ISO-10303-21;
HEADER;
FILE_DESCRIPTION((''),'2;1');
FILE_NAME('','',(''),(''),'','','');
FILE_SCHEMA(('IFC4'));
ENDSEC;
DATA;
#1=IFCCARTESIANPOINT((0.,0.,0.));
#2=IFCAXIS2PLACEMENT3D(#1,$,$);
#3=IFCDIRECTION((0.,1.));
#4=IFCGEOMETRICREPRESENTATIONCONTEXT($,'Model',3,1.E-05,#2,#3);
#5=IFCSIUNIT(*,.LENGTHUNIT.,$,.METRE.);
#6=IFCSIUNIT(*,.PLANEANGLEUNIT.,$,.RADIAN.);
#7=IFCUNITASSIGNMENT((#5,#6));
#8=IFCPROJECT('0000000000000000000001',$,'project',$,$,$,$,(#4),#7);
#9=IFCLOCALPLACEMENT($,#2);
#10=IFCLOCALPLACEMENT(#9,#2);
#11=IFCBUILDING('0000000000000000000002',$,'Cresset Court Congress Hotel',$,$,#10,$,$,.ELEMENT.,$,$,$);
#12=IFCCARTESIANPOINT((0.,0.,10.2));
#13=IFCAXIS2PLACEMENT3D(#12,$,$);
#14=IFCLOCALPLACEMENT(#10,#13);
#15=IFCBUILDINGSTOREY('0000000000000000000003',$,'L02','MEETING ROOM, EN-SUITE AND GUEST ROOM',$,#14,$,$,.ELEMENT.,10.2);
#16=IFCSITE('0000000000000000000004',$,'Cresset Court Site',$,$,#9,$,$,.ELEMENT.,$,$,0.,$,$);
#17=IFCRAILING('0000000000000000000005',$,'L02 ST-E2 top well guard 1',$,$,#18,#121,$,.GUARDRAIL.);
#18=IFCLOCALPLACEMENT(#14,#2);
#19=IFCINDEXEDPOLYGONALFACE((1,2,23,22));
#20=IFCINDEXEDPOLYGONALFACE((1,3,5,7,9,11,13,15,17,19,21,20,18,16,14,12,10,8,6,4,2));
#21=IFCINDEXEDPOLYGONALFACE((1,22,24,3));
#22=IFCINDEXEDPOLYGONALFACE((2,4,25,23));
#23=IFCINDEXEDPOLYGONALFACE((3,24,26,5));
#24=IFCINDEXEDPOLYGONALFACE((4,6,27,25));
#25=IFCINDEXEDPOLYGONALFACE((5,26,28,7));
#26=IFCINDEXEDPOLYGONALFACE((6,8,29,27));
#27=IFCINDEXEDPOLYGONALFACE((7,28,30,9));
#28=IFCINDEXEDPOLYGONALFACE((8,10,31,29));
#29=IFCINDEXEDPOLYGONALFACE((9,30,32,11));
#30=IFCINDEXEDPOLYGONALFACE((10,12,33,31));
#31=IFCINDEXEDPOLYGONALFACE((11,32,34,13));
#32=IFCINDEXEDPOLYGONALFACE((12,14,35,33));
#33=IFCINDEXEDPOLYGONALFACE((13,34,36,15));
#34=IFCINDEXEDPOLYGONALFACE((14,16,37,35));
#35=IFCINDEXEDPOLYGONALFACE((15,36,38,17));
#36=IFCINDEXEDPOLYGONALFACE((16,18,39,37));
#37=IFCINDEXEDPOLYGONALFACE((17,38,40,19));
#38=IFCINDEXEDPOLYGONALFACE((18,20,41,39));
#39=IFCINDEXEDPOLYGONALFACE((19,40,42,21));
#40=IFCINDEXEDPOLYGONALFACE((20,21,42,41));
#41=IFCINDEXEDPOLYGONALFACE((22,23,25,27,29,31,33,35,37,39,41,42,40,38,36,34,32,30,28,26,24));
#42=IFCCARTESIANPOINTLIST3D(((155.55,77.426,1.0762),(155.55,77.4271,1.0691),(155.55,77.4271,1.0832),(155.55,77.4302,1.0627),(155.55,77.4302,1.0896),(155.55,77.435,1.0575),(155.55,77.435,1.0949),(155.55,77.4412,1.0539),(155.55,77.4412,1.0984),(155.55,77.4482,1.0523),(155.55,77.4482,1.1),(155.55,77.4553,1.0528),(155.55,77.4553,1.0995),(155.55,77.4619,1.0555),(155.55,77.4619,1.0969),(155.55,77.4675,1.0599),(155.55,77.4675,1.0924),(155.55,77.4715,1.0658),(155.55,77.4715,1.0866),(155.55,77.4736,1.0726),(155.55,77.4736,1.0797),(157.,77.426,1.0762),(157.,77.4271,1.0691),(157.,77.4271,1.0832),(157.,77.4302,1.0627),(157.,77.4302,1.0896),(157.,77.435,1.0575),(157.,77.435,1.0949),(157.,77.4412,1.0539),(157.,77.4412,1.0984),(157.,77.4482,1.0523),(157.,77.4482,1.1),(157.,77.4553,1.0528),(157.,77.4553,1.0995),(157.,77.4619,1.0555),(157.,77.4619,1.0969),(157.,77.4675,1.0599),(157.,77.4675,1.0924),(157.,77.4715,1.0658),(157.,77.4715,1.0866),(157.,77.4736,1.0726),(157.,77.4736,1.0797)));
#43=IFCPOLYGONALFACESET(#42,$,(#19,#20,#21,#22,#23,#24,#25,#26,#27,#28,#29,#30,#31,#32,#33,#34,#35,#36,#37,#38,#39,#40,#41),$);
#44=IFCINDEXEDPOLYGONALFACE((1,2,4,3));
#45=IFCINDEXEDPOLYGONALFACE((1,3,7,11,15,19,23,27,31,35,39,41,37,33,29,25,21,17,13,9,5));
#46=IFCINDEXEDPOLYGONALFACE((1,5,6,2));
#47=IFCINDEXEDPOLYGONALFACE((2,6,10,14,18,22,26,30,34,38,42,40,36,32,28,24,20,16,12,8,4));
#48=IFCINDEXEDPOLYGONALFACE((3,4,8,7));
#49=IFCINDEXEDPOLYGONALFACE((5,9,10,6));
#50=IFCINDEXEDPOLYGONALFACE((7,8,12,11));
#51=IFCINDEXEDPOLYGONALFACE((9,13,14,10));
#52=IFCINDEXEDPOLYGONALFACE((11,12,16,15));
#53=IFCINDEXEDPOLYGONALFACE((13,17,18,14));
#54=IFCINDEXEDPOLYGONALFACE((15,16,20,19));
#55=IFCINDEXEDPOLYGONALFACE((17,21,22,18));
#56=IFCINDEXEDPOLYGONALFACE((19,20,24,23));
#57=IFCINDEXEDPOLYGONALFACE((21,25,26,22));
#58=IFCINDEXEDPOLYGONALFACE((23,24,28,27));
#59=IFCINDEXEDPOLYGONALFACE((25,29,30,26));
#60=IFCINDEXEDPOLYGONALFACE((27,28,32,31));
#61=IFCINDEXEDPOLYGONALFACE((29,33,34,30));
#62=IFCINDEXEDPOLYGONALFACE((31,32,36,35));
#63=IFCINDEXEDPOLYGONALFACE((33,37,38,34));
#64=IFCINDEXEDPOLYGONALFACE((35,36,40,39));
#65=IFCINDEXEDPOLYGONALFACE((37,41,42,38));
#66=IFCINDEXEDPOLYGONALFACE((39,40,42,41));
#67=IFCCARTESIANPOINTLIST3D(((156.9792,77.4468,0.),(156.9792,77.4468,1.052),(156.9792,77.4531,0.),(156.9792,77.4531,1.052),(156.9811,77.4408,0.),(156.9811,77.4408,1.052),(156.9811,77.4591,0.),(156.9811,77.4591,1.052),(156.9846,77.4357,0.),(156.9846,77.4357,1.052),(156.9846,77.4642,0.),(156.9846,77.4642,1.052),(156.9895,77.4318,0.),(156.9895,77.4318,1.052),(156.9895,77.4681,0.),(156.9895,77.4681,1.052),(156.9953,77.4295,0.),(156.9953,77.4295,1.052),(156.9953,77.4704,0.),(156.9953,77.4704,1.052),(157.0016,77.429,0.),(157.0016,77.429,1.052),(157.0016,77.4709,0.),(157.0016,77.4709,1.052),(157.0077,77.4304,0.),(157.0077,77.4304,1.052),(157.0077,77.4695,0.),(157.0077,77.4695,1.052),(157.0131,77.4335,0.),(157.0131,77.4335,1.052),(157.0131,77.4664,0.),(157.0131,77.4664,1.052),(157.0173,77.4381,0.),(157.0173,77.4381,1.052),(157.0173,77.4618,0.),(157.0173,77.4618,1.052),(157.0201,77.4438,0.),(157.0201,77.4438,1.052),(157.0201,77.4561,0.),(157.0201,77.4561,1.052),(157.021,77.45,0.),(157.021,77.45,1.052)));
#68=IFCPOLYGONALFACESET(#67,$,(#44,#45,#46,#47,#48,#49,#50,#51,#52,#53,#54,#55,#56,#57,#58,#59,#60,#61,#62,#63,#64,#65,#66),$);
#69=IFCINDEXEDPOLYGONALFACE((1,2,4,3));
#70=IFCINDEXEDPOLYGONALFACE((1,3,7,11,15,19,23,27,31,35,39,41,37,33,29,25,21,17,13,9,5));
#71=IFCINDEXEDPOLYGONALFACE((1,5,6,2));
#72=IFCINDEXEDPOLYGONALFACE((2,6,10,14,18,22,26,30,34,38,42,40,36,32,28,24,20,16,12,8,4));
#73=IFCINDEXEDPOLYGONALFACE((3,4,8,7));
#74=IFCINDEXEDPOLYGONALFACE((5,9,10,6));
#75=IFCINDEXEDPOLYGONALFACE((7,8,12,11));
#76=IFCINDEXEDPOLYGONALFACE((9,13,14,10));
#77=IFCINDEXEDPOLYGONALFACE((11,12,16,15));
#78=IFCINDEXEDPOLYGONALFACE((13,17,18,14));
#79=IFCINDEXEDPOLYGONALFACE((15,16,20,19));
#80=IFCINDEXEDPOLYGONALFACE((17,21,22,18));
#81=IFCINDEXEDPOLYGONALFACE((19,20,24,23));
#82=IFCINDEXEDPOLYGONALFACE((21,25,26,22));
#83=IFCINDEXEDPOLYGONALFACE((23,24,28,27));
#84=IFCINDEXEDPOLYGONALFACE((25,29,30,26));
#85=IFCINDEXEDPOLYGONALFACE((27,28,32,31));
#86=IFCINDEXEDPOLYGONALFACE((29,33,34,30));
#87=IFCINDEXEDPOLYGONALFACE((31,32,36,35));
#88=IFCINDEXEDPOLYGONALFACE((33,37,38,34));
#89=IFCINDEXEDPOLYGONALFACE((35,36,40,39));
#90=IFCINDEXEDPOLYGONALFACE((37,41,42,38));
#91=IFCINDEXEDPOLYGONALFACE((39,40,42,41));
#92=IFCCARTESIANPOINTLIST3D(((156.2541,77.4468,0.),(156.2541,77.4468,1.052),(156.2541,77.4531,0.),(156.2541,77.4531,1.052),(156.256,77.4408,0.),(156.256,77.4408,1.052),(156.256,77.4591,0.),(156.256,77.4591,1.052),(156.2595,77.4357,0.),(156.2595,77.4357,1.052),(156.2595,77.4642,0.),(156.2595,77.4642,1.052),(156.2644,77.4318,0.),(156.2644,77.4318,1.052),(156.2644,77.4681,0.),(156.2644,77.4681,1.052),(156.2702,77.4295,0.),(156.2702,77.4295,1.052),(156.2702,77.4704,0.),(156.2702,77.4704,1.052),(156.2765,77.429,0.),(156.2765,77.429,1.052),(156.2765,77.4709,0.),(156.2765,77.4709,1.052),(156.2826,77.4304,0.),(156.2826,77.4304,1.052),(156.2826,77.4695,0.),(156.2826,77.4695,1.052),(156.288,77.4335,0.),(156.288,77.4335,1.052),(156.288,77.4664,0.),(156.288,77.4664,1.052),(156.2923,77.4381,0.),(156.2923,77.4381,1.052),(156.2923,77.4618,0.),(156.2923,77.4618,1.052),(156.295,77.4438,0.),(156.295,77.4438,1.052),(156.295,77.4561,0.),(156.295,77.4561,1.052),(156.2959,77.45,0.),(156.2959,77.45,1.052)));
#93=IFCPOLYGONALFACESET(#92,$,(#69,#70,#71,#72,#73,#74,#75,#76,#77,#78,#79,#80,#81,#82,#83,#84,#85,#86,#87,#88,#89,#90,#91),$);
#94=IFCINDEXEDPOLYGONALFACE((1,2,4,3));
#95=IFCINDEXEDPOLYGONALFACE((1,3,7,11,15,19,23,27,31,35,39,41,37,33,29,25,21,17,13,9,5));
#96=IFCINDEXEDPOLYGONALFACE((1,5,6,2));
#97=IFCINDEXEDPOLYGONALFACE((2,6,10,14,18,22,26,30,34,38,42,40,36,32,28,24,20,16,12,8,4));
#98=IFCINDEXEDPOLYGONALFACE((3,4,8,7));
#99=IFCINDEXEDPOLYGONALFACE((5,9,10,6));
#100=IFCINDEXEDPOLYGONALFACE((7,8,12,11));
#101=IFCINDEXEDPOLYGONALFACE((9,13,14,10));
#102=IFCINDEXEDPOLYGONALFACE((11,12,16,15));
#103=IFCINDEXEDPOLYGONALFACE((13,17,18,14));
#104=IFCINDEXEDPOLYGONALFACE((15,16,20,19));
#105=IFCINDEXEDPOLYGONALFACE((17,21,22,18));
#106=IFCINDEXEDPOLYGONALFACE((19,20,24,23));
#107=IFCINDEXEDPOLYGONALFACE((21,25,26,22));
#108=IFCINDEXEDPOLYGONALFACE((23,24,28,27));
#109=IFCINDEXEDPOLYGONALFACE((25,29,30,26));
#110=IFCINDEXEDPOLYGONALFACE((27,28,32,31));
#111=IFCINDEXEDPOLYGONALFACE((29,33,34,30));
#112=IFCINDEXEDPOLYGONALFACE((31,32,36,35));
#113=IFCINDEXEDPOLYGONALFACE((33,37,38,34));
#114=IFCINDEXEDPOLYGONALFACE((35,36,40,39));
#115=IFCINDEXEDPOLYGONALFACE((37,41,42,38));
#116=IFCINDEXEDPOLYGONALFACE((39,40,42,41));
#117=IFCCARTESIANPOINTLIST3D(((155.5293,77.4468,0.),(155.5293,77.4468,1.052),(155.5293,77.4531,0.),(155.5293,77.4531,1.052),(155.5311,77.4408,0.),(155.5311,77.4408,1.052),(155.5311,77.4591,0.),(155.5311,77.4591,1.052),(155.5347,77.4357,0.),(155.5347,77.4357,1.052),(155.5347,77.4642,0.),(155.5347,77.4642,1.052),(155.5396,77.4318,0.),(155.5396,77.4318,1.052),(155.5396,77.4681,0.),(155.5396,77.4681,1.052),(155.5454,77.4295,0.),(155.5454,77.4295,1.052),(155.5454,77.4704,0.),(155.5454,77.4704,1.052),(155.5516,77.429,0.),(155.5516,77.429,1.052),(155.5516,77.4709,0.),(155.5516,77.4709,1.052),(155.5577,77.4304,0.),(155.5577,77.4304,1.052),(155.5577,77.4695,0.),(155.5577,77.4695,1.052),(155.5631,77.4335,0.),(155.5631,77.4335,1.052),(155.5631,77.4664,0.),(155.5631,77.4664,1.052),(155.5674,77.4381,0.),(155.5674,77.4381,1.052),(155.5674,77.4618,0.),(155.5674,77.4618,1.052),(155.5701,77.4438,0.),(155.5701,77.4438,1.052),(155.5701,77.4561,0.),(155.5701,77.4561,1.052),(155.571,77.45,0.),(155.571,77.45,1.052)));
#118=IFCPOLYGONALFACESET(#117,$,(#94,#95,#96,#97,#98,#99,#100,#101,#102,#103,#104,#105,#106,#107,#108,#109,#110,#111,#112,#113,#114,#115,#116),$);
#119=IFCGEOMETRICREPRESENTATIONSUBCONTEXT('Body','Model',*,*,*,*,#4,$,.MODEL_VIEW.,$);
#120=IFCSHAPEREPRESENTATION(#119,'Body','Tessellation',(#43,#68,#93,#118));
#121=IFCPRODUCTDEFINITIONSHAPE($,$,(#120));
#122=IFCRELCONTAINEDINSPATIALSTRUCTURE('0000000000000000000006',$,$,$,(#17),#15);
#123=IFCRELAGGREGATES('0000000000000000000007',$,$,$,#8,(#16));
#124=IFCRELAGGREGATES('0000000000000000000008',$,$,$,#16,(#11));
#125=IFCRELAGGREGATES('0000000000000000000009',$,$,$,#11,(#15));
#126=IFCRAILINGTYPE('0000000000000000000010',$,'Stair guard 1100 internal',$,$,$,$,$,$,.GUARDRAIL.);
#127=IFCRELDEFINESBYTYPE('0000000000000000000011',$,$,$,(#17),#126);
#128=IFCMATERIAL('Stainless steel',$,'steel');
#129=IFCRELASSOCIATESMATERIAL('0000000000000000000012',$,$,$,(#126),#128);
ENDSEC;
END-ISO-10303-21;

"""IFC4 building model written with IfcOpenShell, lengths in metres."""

from ifc_helpers import new_model, si_unit, direction, frame, origin, origin_2d, place, context, subcontext, project, spatial, circle, extrude, material, type_object, element, save


model = new_model("IFC4")

# Units and contexts
model_context = context("Model", 3, precision=1e-05, world=origin(), true_north=direction((0.0, 1.0)))
body_context = subcontext(model_context, "Body", "Model", "MODEL_VIEW")
ifc_project = project(units=[si_unit("LENGTHUNIT", "METRE"), si_unit("PLANEANGLEUNIT", "RADIAN")], contexts=[model_context])

# Site, building, storey
site_placement = place(None, origin())
site = spatial("IfcSite", under=ifc_project, at=site_placement, Name="Cresset Court Site", CompositionType="ELEMENT", RefElevation=0.0)
building_placement = place(site_placement, origin())
building = spatial("IfcBuilding", under=site, at=building_placement, Name="Cresset Court Congress Hotel", CompositionType="ELEMENT")
storey_placement = place(building_placement, frame((0.0, 0.0, 10.2)))
storey = spatial("IfcBuildingStorey", under=building, at=storey_placement, Name="L02", Description="MEETING ROOM, EN-SUITE AND GUEST ROOM", CompositionType="ELEMENT", Elevation=10.2)

# Railing
ifc_material_1 = material(Name="Stainless steel", Category="steel")
railing_type = type_object("IfcRailingType", Name="Stair guard 1100 internal", PredefinedType="GUARDRAIL", material=ifc_material_1)
for number, where, name in (
    (1, (157.0, 77.45, 0.0), "L02 ST-E2 top well guard 1"),
):
    element("IfcRailing", number, at=place(storey_placement, frame(where)), inside=storey, type_object=railing_type, Name=name, PredefinedType="GUARDRAIL", context=body_context, shape_type="SweptSolid", body=[
        extrude(circle(Radius=0.0239, at=origin_2d()), frame((0.0, 0.0, 1.0762), z_axis=(-1.0, 0.0, 0.0), x_axis=(0.0, -1.0, 0.0)), (0.0, 0.0, 1.0), 1.45),
        extrude(circle(Radius=0.021, at=origin_2d()), origin(), (0.0, 0.0, 1.0), 1.052),
        extrude(circle(Radius=0.021, at=origin_2d()), frame((-0.7251, 0.0, 0.0)), (0.0, 0.0, 1.0), 1.052),
        extrude(circle(Radius=0.021, at=origin_2d()), frame((-1.45, 0.0, 0.0)), (0.0, 0.0, 1.0), 1.052),
    ])

save(model, "model.ifc")
